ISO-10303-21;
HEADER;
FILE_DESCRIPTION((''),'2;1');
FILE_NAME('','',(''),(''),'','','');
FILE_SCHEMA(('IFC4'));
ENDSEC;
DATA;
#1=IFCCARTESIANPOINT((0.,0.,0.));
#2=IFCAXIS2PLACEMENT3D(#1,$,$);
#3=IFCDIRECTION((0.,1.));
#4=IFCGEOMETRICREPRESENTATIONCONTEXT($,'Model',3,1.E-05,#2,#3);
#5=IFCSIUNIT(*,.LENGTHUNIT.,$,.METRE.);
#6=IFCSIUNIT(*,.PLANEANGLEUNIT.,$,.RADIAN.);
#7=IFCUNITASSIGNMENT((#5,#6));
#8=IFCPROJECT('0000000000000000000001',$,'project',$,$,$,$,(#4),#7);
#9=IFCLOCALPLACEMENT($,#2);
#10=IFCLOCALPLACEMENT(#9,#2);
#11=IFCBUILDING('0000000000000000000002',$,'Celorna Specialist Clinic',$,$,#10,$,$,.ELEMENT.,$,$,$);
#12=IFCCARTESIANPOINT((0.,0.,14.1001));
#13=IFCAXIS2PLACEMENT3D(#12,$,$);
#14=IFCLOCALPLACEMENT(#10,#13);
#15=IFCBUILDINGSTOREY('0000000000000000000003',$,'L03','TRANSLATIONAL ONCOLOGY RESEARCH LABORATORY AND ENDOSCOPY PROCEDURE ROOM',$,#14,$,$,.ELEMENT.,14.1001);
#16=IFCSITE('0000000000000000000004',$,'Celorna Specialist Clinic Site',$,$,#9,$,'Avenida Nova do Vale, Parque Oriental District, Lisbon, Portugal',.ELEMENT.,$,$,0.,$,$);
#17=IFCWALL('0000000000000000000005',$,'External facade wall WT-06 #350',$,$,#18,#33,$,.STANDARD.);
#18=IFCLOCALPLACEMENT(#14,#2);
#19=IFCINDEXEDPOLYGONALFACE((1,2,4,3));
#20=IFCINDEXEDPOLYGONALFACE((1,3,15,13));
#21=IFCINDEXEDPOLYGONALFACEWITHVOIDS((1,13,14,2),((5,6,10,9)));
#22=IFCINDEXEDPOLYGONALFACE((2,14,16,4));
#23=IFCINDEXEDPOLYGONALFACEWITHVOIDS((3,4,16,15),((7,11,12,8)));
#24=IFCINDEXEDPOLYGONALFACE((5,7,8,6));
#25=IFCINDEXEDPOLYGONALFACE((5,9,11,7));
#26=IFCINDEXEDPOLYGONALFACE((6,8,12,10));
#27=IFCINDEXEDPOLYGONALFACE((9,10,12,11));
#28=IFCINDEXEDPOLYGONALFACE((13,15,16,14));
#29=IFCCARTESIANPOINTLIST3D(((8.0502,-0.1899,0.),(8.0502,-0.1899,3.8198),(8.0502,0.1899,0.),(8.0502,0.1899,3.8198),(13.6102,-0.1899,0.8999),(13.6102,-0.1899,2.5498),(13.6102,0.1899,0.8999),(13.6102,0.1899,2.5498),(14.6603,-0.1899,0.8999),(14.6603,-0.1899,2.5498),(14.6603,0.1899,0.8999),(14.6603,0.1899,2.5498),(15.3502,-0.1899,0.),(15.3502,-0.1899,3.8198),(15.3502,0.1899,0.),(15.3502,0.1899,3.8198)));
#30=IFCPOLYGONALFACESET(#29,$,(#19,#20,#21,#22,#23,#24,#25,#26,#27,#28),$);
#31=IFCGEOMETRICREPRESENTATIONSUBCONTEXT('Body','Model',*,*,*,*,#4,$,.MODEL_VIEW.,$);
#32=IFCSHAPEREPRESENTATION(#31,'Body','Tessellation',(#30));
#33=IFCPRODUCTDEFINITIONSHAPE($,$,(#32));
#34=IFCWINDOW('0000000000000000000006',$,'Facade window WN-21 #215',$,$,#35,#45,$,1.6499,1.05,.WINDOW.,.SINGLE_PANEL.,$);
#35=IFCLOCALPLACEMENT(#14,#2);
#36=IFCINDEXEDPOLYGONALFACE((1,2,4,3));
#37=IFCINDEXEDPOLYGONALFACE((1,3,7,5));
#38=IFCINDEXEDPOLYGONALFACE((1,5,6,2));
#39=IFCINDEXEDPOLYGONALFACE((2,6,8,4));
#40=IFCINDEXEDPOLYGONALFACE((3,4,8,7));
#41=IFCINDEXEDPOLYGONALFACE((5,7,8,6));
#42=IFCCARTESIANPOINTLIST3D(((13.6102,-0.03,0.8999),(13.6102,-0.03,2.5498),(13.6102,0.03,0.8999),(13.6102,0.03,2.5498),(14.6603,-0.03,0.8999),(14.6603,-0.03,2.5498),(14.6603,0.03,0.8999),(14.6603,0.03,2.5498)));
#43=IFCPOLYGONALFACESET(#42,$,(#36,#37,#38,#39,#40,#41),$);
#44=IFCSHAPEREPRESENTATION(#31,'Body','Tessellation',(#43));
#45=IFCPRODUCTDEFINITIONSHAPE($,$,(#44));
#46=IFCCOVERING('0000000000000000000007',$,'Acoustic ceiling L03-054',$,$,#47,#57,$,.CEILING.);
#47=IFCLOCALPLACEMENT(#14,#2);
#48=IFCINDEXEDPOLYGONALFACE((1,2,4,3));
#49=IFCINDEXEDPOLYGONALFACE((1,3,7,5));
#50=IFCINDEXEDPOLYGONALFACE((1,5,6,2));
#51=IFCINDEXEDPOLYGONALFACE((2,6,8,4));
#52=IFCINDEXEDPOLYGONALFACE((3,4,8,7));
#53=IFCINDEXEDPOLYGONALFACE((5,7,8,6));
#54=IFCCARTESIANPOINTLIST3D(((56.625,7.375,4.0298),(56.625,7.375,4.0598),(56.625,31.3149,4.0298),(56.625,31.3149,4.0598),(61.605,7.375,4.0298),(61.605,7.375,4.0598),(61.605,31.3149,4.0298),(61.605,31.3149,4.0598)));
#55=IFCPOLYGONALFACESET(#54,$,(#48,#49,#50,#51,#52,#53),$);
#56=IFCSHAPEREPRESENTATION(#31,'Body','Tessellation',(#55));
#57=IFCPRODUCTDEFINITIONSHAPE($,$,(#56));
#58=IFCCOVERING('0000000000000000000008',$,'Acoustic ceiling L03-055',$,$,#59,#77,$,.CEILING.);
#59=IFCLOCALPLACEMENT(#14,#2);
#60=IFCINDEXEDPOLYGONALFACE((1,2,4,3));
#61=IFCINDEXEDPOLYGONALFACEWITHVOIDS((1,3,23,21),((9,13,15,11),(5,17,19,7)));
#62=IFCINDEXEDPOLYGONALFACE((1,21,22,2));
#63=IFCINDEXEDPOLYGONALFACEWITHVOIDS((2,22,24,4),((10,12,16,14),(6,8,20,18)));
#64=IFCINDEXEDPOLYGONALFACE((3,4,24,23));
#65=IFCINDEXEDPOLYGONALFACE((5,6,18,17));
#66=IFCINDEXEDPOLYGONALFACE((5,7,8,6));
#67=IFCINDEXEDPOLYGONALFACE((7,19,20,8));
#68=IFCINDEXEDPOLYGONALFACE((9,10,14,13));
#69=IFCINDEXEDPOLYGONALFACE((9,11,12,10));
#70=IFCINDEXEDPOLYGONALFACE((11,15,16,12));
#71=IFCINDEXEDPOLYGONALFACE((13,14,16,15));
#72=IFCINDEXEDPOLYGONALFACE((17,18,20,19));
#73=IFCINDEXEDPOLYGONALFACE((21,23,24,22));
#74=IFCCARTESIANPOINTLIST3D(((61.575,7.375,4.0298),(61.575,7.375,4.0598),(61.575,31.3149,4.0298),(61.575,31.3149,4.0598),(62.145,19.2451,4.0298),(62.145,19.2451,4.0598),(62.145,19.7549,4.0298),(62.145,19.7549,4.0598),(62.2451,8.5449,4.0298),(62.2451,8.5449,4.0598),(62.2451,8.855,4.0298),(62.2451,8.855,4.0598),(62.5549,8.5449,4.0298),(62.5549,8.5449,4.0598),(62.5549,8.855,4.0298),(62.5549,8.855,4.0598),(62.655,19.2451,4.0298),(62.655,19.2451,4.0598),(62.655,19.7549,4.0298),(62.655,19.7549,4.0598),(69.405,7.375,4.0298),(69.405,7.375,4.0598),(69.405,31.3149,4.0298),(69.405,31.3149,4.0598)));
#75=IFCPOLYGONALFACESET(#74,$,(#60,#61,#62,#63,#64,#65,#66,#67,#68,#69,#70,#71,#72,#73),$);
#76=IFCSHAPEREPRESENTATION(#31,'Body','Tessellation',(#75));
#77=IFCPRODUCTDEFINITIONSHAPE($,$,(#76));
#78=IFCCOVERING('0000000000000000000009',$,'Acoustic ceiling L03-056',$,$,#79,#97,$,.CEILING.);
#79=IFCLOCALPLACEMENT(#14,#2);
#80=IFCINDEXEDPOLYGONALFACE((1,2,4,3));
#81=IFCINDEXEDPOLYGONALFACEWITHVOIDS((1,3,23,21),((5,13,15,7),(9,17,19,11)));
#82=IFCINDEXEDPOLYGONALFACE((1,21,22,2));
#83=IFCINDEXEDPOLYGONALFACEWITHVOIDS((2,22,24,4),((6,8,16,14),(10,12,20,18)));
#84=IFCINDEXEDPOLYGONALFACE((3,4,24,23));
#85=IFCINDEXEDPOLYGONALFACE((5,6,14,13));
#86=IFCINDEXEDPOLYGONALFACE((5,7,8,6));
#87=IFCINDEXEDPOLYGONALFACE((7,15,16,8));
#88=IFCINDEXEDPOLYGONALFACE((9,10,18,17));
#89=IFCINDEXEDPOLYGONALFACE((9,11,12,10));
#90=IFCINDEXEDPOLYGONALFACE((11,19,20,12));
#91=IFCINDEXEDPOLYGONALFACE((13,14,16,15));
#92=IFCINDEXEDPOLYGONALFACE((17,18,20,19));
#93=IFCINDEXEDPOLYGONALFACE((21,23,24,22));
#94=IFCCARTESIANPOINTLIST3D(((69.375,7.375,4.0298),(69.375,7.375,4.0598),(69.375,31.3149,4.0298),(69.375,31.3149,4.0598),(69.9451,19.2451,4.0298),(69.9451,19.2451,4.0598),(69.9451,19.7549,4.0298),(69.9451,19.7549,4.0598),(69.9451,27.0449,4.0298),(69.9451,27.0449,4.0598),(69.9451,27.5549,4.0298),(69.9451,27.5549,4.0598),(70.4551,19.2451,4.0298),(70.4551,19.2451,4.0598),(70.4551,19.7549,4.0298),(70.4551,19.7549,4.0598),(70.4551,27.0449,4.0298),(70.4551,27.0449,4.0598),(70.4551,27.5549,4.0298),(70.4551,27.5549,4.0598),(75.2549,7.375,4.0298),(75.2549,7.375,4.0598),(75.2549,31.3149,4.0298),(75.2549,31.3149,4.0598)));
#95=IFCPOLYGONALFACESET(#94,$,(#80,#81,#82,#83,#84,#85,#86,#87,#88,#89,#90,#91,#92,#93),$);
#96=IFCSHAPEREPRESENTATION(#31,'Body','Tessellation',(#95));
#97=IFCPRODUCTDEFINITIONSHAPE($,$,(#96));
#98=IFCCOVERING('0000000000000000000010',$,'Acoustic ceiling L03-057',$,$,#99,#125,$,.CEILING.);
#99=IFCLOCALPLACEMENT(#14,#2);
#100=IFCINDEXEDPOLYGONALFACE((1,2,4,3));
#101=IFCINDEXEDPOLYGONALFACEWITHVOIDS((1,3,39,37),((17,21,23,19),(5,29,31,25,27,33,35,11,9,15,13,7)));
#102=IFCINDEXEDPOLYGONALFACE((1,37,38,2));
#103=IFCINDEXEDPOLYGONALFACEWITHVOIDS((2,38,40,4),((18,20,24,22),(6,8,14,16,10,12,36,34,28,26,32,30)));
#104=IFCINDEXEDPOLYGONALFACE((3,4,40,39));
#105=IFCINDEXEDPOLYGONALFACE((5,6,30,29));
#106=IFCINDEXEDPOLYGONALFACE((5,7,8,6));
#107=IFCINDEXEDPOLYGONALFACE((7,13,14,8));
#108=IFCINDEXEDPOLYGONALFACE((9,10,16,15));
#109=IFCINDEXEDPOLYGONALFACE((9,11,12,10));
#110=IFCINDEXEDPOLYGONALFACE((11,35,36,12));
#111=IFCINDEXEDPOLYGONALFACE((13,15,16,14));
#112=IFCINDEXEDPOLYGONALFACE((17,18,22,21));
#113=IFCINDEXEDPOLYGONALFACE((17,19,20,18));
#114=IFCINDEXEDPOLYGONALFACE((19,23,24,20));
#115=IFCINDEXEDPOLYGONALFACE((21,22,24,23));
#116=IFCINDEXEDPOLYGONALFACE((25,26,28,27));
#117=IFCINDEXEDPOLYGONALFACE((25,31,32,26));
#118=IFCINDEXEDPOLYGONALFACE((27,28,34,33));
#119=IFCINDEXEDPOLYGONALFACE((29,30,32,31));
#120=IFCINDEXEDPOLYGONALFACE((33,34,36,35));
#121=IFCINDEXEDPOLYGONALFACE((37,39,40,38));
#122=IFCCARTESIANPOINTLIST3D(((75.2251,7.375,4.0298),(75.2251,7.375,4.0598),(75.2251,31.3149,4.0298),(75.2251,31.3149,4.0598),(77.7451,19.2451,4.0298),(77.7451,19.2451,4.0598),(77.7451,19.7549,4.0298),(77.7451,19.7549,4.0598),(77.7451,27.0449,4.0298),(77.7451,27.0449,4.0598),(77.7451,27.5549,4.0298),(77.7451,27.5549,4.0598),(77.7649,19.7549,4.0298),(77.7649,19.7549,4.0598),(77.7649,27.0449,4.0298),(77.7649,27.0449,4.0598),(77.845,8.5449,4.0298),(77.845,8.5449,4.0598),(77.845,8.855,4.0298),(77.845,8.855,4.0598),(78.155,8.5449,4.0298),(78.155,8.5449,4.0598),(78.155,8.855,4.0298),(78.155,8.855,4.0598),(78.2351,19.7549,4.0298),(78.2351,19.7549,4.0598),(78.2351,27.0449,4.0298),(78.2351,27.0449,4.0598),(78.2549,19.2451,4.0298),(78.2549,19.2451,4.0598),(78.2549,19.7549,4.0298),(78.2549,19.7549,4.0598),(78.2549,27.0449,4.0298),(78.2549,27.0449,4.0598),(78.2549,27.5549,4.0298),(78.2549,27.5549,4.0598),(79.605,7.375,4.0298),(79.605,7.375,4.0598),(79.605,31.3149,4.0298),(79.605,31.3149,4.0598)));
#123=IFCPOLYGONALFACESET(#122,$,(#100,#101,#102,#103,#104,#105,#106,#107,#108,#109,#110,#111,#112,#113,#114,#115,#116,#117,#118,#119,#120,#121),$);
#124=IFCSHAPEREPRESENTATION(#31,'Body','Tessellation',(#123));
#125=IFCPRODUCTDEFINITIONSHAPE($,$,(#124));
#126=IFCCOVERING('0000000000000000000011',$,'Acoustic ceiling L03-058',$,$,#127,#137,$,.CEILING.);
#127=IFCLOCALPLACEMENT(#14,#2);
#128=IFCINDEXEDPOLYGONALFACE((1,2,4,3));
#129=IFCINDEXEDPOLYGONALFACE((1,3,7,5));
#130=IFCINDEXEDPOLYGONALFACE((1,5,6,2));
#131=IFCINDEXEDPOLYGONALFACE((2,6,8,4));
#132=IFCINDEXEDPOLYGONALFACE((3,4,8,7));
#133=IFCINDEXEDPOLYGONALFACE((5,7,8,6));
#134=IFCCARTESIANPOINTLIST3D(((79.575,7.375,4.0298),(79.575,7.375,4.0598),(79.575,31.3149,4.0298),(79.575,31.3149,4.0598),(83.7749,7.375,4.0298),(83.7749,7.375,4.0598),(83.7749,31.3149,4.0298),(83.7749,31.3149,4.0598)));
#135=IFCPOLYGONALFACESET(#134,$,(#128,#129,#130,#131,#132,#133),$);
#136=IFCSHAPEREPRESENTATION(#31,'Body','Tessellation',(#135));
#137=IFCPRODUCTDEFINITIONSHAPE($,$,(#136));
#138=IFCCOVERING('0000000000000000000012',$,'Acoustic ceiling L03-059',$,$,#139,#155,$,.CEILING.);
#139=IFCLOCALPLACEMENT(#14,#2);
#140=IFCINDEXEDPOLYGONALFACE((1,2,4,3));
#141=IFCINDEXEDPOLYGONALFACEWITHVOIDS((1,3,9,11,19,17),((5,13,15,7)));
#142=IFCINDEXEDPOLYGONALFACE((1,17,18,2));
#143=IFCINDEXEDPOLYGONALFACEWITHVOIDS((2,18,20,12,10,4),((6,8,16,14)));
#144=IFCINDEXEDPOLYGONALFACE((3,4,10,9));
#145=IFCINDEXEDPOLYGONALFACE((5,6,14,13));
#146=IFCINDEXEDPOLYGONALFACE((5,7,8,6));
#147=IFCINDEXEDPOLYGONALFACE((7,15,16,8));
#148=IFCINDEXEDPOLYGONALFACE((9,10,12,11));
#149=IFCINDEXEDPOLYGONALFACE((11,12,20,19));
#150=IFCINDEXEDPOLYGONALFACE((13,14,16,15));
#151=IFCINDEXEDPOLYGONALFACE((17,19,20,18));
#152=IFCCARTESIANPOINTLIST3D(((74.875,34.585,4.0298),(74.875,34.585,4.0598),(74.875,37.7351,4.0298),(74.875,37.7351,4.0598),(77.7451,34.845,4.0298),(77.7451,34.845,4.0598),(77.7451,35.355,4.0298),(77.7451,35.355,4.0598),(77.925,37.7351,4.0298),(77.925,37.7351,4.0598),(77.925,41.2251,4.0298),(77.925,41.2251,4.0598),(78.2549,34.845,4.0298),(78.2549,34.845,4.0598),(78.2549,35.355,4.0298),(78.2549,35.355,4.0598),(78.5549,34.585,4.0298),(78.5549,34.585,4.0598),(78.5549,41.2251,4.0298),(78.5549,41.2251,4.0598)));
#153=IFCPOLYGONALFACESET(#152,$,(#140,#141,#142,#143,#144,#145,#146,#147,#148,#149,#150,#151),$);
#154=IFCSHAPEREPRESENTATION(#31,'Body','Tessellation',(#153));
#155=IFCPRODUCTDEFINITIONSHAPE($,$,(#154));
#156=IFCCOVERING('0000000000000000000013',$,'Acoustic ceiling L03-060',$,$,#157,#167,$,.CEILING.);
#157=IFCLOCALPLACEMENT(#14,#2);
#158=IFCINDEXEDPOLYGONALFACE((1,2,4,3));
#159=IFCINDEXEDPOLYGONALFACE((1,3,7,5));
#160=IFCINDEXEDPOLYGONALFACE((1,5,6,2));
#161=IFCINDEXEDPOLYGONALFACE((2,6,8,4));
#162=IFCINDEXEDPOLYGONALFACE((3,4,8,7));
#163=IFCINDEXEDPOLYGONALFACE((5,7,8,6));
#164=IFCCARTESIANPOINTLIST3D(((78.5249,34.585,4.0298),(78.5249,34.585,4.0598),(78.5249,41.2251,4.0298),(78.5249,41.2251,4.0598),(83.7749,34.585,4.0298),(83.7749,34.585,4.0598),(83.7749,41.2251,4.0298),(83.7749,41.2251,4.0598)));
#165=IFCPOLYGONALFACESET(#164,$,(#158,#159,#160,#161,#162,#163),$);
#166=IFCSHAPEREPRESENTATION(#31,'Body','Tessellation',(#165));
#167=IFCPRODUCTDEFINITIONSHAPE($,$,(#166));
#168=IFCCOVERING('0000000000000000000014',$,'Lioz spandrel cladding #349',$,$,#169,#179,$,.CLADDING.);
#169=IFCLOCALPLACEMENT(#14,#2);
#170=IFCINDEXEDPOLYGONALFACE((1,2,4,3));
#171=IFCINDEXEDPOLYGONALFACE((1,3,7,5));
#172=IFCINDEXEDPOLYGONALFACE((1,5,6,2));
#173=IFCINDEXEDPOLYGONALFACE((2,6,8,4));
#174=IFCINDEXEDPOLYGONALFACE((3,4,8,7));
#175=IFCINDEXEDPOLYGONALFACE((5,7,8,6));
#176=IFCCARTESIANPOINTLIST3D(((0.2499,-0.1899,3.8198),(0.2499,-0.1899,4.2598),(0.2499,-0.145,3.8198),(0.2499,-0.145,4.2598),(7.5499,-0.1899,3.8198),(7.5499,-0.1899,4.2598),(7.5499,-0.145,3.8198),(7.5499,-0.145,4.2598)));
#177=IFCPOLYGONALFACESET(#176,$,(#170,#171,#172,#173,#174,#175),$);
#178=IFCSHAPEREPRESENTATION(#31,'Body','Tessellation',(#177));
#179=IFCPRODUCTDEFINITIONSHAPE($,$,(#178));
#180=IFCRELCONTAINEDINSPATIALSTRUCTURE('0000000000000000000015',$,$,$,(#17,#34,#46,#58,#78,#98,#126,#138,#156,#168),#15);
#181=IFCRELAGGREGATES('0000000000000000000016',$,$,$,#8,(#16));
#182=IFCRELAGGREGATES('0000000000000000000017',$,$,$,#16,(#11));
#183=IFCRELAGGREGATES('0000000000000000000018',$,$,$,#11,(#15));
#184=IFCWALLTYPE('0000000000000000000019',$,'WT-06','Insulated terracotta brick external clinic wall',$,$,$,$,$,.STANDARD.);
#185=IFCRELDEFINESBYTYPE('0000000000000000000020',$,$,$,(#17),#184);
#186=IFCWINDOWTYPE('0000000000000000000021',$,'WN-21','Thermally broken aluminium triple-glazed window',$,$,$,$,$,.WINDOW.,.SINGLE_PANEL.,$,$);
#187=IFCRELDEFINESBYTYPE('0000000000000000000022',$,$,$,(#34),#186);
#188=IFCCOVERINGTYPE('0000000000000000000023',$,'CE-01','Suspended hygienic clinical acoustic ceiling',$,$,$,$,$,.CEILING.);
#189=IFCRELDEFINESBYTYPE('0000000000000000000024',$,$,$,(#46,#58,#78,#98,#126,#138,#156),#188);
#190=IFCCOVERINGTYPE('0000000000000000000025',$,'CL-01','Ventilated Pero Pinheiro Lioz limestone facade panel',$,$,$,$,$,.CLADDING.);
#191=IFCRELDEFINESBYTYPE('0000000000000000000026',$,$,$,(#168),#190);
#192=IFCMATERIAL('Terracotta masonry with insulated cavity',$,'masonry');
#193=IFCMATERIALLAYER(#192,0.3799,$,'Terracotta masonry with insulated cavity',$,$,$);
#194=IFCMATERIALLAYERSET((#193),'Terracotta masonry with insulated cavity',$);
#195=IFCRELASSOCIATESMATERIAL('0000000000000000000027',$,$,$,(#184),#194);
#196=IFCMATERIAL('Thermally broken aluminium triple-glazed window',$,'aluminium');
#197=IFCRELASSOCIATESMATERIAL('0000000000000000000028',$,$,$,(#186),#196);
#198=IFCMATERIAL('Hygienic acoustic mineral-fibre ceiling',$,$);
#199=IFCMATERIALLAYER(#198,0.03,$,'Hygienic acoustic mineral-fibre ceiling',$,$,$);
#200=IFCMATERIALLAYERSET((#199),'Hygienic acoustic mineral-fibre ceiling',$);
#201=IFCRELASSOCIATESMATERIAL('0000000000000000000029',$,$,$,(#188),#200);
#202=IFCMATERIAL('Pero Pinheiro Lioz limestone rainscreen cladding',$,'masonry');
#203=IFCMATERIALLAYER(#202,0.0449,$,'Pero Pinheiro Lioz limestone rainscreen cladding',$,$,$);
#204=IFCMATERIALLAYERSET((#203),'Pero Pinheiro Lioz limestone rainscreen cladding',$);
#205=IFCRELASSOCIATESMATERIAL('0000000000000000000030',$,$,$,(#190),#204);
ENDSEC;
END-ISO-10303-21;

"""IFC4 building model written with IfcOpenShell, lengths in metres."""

from ifc_helpers import new_model, si_unit, direction, frame, frame_2d, origin, origin_2d, place, context, subcontext, project, spatial, polyline, rectangle, outline, extrude, material, layer, layer_set, type_object, element, fill, save


model = new_model("IFC4")

# Units and contexts
model_context = context("Model", 3, precision=1e-05, world=origin(), true_north=direction((0.0, 1.0)))
body_context = subcontext(model_context, "Body", "Model", "MODEL_VIEW")
ifc_project = project(units=[si_unit("LENGTHUNIT", "METRE"), si_unit("PLANEANGLEUNIT", "RADIAN")], contexts=[model_context])

# Site, building, storey
site_placement = place(None, origin())
site = spatial("IfcSite", under=ifc_project, at=site_placement, Name="Celorna Specialist Clinic Site", LongName="Avenida Nova do Vale, Parque Oriental District, Lisbon, Portugal", CompositionType="ELEMENT", RefElevation=0.0)
building_placement = place(site_placement, origin())
building = spatial("IfcBuilding", under=site, at=building_placement, Name="Celorna Specialist Clinic", CompositionType="ELEMENT")
storey_placement = place(building_placement, frame((0.0, 0.0, 14.1001)))
storey = spatial("IfcBuildingStorey", under=building, at=storey_placement, Name="L03", Description="TRANSLATIONAL ONCOLOGY RESEARCH LABORATORY AND ENDOSCOPY PROCEDURE ROOM", CompositionType="ELEMENT", Elevation=14.1001)

# Wall, opening, window
ifc_material_1 = material(Name="Terracotta masonry with insulated cavity", Category="masonry")
ifc_layer_1 = layer(ifc_material_1, 0.3799, Name="Terracotta masonry with insulated cavity")
ifc_layer_set_1 = layer_set([ifc_layer_1], Name="Terracotta masonry with insulated cavity")
wall_type = type_object("IfcWallType", Name="WT-06", Description="Insulated terracotta brick external clinic wall", PredefinedType="STANDARD", material=ifc_layer_set_1)
ifc_material_2 = material(Name="Thermally broken aluminium triple-glazed window", Category="aluminium")
wall_1_placement = place(storey_placement, frame((15.3501, 0.0, 0.0), z_axis=(0.0, 0.0, 1.0), x_axis=(-1.0, 0.0, 0.0)))
wall_1 = element("IfcWall", 1, at=wall_1_placement, inside=storey, type_object=wall_type, Name="External facade wall WT-06 #350", PredefinedType="STANDARD", context=body_context, shape_type="SweptSolid", body=[
    extrude(rectangle(XDim=7.3, YDim=0.3799, at=frame_2d((3.6499, 0.0))), origin(), (0.0, 0.0, 1.0), 3.8198),
])
opening_1_placement = place(wall_1_placement, frame((0.6899, 0.0, 0.8999)))
opening_1 = element("IfcOpeningElement", 2, at=opening_1_placement, cuts=wall_1, PredefinedType="OPENING", context=body_context, shape_type="SweptSolid", body=[
    extrude(rectangle(XDim=1.05, YDim=1.6499, at=frame_2d((0.5249, 0.825))), frame((0.0, 0.2, 0.0), z_axis=(0.0, -1.0, 0.0), x_axis=(1.0, 0.0, 0.0)), (0.0, 0.0, 1.0), 0.3999),
])
window_type_1 = type_object("IfcWindowType", Name="WN-21", Description="Thermally broken aluminium triple-glazed window", PartitioningType="SINGLE_PANEL", PredefinedType="WINDOW", material=ifc_material_2)
window_1_placement = place(opening_1_placement, origin())
window_1 = element("IfcWindow", 3, at=window_1_placement, inside=storey, type_object=window_type_1, Name="Facade window WN-21 #215", OverallHeight=1.6499, OverallWidth=1.05, PartitioningType="SINGLE_PANEL", PredefinedType="WINDOW", context=body_context, shape_type="SweptSolid", body=[
    extrude(rectangle(XDim=1.05, YDim=1.6499, at=frame_2d((0.5249, 0.825))), frame((0.0, 0.03, 0.0), z_axis=(0.0, -1.0, 0.0), x_axis=(1.0, 0.0, 0.0)), (0.0, 0.0, 1.0), 0.0601),
])
fill(opening_1, window_1)

# Coverings
ifc_material_3 = material(Name="Hygienic acoustic mineral-fibre ceiling")
ifc_layer_2 = layer(ifc_material_3, 0.03, Name="Hygienic acoustic mineral-fibre ceiling")
ifc_layer_set_2 = layer_set([ifc_layer_2], Name="Hygienic acoustic mineral-fibre ceiling")
covering_type_1 = type_object("IfcCoveringType", Name="CE-01", Description="Suspended hygienic clinical acoustic ceiling", PredefinedType="CEILING", material=ifc_layer_set_2)
covering_1_placement = place(storey_placement, frame((0.0, 0.0, 4.0298)))
element("IfcCovering", 4, at=covering_1_placement, inside=storey, type_object=covering_type_1, Name="Acoustic ceiling L03-054", PredefinedType="CEILING", context=body_context, shape_type="SweptSolid", body=[
    extrude(outline(polyline([(61.605, 31.3149), (61.605, 7.375), (56.625, 7.375), (56.625, 31.3149), (61.605, 31.3149)])), origin(), (0.0, 0.0, 1.0), 0.03),
])
covering_2_placement = place(storey_placement, frame((0.0, 0.0, 4.0298)))
element("IfcCovering", 5, at=covering_2_placement, inside=storey, type_object=covering_type_1, Name="Acoustic ceiling L03-055", PredefinedType="CEILING", context=body_context, shape_type="SweptSolid", body=[
    extrude(outline(polyline([(69.405, 31.3149), (69.405, 7.375), (61.575, 7.375), (61.575, 31.3149), (69.405, 31.3149)]), holes=[polyline([(62.5549, 8.855), (62.2451, 8.855), (62.2451, 8.5449), (62.5549, 8.5449), (62.5549, 8.855)]), polyline([(62.145, 19.7549), (62.145, 19.2451), (62.655, 19.2451), (62.655, 19.7549), (62.145, 19.7549)])]), origin(), (0.0, 0.0, 1.0), 0.03),
])
covering_3_placement = place(storey_placement, frame((0.0, 0.0, 4.0298)))
element("IfcCovering", 6, at=covering_3_placement, inside=storey, type_object=covering_type_1, Name="Acoustic ceiling L03-056", PredefinedType="CEILING", context=body_context, shape_type="SweptSolid", body=[
    extrude(outline(polyline([(75.2549, 31.3149), (75.2549, 7.375), (69.375, 7.375), (69.375, 31.3149), (75.2549, 31.3149)]), holes=[polyline([(69.9451, 19.7549), (69.9451, 19.2451), (70.4551, 19.2451), (70.4551, 19.7549), (69.9451, 19.7549)]), polyline([(69.9451, 27.5549), (69.9451, 27.0449), (70.4551, 27.0449), (70.4551, 27.5549), (69.9451, 27.5549)])]), origin(), (0.0, 0.0, 1.0), 0.03),
])
covering_4_placement = place(storey_placement, frame((0.0, 0.0, 4.0298)))
element("IfcCovering", 7, at=covering_4_placement, inside=storey, type_object=covering_type_1, Name="Acoustic ceiling L03-057", PredefinedType="CEILING", context=body_context, shape_type="SweptSolid", body=[
    extrude(outline(polyline([(79.605, 31.3149), (79.605, 7.375), (75.2251, 7.375), (75.2251, 31.3149), (79.605, 31.3149)]), holes=[polyline([(78.2351, 27.0449), (78.2549, 27.0449), (78.2549, 27.5549), (77.7451, 27.5549), (77.7451, 27.0449), (77.7649, 27.0449), (77.7649, 19.7549), (77.7451, 19.7549), (77.7451, 19.2451), (78.2549, 19.2451), (78.2549, 19.7549), (78.2351, 19.7549), (78.2351, 27.0449)]), polyline([(77.845, 8.855), (77.845, 8.5449), (78.155, 8.5449), (78.155, 8.855), (77.845, 8.855)])]), origin(), (0.0, 0.0, 1.0), 0.03),
])
covering_5_placement = place(storey_placement, frame((0.0, 0.0, 4.0298)))
element("IfcCovering", 8, at=covering_5_placement, inside=storey, type_object=covering_type_1, Name="Acoustic ceiling L03-058", PredefinedType="CEILING", context=body_context, shape_type="SweptSolid", body=[
    extrude(outline(polyline([(83.7749, 31.3149), (83.7749, 7.375), (79.575, 7.375), (79.575, 31.3149), (83.7749, 31.3149)])), origin(), (0.0, 0.0, 1.0), 0.03),
])
covering_6_placement = place(storey_placement, frame((0.0, 0.0, 4.0298)))
element("IfcCovering", 9, at=covering_6_placement, inside=storey, type_object=covering_type_1, Name="Acoustic ceiling L03-059", PredefinedType="CEILING", context=body_context, shape_type="SweptSolid", body=[
    extrude(outline(polyline([(74.875, 34.585), (74.875, 37.7351), (77.925, 37.7351), (77.925, 41.2251), (78.5549, 41.2251), (78.5549, 34.585), (74.875, 34.585)]), holes=[polyline([(77.7451, 35.355), (77.7451, 34.845), (78.2549, 34.845), (78.2549, 35.355), (77.7451, 35.355)])]), origin(), (0.0, 0.0, 1.0), 0.03),
])
covering_7_placement = place(storey_placement, frame((0.0, 0.0, 4.0298)))
element("IfcCovering", 10, at=covering_7_placement, inside=storey, type_object=covering_type_1, Name="Acoustic ceiling L03-060", PredefinedType="CEILING", context=body_context, shape_type="SweptSolid", body=[
    extrude(outline(polyline([(83.7749, 41.2251), (83.7749, 34.585), (78.5249, 34.585), (78.5249, 41.2251), (83.7749, 41.2251)])), origin(), (0.0, 0.0, 1.0), 0.03),
])
ifc_material_4 = material(Name="Pero Pinheiro Lioz limestone rainscreen cladding", Category="masonry")
ifc_layer_3 = layer(ifc_material_4, 0.0449, Name="Pero Pinheiro Lioz limestone rainscreen cladding")
ifc_layer_set_3 = layer_set([ifc_layer_3], Name="Pero Pinheiro Lioz limestone rainscreen cladding")
covering_type_2 = type_object("IfcCoveringType", Name="CL-01", Description="Ventilated Pero Pinheiro Lioz limestone facade panel", PredefinedType="CLADDING", material=ifc_layer_set_3)
for number, where, z_axis, x_axis, name in (
    (11, (3.8999, -0.1675, 3.8198), (0.0, 0.0, 1.0), (-1.0, 0.0, 0.0), "Lioz spandrel cladding #349"),
):
    element("IfcCovering", number, at=place(storey_placement, frame(where, z_axis=z_axis, x_axis=x_axis)), inside=storey, type_object=covering_type_2, Name=name, PredefinedType="CLADDING", context=body_context, shape_type="SweptSolid", body=[
        extrude(rectangle(XDim=7.3, YDim=0.0449, at=origin_2d()), origin(), (0.0, 0.0, 1.0), 0.4399),
    ])

save(model, "model.ifc")
